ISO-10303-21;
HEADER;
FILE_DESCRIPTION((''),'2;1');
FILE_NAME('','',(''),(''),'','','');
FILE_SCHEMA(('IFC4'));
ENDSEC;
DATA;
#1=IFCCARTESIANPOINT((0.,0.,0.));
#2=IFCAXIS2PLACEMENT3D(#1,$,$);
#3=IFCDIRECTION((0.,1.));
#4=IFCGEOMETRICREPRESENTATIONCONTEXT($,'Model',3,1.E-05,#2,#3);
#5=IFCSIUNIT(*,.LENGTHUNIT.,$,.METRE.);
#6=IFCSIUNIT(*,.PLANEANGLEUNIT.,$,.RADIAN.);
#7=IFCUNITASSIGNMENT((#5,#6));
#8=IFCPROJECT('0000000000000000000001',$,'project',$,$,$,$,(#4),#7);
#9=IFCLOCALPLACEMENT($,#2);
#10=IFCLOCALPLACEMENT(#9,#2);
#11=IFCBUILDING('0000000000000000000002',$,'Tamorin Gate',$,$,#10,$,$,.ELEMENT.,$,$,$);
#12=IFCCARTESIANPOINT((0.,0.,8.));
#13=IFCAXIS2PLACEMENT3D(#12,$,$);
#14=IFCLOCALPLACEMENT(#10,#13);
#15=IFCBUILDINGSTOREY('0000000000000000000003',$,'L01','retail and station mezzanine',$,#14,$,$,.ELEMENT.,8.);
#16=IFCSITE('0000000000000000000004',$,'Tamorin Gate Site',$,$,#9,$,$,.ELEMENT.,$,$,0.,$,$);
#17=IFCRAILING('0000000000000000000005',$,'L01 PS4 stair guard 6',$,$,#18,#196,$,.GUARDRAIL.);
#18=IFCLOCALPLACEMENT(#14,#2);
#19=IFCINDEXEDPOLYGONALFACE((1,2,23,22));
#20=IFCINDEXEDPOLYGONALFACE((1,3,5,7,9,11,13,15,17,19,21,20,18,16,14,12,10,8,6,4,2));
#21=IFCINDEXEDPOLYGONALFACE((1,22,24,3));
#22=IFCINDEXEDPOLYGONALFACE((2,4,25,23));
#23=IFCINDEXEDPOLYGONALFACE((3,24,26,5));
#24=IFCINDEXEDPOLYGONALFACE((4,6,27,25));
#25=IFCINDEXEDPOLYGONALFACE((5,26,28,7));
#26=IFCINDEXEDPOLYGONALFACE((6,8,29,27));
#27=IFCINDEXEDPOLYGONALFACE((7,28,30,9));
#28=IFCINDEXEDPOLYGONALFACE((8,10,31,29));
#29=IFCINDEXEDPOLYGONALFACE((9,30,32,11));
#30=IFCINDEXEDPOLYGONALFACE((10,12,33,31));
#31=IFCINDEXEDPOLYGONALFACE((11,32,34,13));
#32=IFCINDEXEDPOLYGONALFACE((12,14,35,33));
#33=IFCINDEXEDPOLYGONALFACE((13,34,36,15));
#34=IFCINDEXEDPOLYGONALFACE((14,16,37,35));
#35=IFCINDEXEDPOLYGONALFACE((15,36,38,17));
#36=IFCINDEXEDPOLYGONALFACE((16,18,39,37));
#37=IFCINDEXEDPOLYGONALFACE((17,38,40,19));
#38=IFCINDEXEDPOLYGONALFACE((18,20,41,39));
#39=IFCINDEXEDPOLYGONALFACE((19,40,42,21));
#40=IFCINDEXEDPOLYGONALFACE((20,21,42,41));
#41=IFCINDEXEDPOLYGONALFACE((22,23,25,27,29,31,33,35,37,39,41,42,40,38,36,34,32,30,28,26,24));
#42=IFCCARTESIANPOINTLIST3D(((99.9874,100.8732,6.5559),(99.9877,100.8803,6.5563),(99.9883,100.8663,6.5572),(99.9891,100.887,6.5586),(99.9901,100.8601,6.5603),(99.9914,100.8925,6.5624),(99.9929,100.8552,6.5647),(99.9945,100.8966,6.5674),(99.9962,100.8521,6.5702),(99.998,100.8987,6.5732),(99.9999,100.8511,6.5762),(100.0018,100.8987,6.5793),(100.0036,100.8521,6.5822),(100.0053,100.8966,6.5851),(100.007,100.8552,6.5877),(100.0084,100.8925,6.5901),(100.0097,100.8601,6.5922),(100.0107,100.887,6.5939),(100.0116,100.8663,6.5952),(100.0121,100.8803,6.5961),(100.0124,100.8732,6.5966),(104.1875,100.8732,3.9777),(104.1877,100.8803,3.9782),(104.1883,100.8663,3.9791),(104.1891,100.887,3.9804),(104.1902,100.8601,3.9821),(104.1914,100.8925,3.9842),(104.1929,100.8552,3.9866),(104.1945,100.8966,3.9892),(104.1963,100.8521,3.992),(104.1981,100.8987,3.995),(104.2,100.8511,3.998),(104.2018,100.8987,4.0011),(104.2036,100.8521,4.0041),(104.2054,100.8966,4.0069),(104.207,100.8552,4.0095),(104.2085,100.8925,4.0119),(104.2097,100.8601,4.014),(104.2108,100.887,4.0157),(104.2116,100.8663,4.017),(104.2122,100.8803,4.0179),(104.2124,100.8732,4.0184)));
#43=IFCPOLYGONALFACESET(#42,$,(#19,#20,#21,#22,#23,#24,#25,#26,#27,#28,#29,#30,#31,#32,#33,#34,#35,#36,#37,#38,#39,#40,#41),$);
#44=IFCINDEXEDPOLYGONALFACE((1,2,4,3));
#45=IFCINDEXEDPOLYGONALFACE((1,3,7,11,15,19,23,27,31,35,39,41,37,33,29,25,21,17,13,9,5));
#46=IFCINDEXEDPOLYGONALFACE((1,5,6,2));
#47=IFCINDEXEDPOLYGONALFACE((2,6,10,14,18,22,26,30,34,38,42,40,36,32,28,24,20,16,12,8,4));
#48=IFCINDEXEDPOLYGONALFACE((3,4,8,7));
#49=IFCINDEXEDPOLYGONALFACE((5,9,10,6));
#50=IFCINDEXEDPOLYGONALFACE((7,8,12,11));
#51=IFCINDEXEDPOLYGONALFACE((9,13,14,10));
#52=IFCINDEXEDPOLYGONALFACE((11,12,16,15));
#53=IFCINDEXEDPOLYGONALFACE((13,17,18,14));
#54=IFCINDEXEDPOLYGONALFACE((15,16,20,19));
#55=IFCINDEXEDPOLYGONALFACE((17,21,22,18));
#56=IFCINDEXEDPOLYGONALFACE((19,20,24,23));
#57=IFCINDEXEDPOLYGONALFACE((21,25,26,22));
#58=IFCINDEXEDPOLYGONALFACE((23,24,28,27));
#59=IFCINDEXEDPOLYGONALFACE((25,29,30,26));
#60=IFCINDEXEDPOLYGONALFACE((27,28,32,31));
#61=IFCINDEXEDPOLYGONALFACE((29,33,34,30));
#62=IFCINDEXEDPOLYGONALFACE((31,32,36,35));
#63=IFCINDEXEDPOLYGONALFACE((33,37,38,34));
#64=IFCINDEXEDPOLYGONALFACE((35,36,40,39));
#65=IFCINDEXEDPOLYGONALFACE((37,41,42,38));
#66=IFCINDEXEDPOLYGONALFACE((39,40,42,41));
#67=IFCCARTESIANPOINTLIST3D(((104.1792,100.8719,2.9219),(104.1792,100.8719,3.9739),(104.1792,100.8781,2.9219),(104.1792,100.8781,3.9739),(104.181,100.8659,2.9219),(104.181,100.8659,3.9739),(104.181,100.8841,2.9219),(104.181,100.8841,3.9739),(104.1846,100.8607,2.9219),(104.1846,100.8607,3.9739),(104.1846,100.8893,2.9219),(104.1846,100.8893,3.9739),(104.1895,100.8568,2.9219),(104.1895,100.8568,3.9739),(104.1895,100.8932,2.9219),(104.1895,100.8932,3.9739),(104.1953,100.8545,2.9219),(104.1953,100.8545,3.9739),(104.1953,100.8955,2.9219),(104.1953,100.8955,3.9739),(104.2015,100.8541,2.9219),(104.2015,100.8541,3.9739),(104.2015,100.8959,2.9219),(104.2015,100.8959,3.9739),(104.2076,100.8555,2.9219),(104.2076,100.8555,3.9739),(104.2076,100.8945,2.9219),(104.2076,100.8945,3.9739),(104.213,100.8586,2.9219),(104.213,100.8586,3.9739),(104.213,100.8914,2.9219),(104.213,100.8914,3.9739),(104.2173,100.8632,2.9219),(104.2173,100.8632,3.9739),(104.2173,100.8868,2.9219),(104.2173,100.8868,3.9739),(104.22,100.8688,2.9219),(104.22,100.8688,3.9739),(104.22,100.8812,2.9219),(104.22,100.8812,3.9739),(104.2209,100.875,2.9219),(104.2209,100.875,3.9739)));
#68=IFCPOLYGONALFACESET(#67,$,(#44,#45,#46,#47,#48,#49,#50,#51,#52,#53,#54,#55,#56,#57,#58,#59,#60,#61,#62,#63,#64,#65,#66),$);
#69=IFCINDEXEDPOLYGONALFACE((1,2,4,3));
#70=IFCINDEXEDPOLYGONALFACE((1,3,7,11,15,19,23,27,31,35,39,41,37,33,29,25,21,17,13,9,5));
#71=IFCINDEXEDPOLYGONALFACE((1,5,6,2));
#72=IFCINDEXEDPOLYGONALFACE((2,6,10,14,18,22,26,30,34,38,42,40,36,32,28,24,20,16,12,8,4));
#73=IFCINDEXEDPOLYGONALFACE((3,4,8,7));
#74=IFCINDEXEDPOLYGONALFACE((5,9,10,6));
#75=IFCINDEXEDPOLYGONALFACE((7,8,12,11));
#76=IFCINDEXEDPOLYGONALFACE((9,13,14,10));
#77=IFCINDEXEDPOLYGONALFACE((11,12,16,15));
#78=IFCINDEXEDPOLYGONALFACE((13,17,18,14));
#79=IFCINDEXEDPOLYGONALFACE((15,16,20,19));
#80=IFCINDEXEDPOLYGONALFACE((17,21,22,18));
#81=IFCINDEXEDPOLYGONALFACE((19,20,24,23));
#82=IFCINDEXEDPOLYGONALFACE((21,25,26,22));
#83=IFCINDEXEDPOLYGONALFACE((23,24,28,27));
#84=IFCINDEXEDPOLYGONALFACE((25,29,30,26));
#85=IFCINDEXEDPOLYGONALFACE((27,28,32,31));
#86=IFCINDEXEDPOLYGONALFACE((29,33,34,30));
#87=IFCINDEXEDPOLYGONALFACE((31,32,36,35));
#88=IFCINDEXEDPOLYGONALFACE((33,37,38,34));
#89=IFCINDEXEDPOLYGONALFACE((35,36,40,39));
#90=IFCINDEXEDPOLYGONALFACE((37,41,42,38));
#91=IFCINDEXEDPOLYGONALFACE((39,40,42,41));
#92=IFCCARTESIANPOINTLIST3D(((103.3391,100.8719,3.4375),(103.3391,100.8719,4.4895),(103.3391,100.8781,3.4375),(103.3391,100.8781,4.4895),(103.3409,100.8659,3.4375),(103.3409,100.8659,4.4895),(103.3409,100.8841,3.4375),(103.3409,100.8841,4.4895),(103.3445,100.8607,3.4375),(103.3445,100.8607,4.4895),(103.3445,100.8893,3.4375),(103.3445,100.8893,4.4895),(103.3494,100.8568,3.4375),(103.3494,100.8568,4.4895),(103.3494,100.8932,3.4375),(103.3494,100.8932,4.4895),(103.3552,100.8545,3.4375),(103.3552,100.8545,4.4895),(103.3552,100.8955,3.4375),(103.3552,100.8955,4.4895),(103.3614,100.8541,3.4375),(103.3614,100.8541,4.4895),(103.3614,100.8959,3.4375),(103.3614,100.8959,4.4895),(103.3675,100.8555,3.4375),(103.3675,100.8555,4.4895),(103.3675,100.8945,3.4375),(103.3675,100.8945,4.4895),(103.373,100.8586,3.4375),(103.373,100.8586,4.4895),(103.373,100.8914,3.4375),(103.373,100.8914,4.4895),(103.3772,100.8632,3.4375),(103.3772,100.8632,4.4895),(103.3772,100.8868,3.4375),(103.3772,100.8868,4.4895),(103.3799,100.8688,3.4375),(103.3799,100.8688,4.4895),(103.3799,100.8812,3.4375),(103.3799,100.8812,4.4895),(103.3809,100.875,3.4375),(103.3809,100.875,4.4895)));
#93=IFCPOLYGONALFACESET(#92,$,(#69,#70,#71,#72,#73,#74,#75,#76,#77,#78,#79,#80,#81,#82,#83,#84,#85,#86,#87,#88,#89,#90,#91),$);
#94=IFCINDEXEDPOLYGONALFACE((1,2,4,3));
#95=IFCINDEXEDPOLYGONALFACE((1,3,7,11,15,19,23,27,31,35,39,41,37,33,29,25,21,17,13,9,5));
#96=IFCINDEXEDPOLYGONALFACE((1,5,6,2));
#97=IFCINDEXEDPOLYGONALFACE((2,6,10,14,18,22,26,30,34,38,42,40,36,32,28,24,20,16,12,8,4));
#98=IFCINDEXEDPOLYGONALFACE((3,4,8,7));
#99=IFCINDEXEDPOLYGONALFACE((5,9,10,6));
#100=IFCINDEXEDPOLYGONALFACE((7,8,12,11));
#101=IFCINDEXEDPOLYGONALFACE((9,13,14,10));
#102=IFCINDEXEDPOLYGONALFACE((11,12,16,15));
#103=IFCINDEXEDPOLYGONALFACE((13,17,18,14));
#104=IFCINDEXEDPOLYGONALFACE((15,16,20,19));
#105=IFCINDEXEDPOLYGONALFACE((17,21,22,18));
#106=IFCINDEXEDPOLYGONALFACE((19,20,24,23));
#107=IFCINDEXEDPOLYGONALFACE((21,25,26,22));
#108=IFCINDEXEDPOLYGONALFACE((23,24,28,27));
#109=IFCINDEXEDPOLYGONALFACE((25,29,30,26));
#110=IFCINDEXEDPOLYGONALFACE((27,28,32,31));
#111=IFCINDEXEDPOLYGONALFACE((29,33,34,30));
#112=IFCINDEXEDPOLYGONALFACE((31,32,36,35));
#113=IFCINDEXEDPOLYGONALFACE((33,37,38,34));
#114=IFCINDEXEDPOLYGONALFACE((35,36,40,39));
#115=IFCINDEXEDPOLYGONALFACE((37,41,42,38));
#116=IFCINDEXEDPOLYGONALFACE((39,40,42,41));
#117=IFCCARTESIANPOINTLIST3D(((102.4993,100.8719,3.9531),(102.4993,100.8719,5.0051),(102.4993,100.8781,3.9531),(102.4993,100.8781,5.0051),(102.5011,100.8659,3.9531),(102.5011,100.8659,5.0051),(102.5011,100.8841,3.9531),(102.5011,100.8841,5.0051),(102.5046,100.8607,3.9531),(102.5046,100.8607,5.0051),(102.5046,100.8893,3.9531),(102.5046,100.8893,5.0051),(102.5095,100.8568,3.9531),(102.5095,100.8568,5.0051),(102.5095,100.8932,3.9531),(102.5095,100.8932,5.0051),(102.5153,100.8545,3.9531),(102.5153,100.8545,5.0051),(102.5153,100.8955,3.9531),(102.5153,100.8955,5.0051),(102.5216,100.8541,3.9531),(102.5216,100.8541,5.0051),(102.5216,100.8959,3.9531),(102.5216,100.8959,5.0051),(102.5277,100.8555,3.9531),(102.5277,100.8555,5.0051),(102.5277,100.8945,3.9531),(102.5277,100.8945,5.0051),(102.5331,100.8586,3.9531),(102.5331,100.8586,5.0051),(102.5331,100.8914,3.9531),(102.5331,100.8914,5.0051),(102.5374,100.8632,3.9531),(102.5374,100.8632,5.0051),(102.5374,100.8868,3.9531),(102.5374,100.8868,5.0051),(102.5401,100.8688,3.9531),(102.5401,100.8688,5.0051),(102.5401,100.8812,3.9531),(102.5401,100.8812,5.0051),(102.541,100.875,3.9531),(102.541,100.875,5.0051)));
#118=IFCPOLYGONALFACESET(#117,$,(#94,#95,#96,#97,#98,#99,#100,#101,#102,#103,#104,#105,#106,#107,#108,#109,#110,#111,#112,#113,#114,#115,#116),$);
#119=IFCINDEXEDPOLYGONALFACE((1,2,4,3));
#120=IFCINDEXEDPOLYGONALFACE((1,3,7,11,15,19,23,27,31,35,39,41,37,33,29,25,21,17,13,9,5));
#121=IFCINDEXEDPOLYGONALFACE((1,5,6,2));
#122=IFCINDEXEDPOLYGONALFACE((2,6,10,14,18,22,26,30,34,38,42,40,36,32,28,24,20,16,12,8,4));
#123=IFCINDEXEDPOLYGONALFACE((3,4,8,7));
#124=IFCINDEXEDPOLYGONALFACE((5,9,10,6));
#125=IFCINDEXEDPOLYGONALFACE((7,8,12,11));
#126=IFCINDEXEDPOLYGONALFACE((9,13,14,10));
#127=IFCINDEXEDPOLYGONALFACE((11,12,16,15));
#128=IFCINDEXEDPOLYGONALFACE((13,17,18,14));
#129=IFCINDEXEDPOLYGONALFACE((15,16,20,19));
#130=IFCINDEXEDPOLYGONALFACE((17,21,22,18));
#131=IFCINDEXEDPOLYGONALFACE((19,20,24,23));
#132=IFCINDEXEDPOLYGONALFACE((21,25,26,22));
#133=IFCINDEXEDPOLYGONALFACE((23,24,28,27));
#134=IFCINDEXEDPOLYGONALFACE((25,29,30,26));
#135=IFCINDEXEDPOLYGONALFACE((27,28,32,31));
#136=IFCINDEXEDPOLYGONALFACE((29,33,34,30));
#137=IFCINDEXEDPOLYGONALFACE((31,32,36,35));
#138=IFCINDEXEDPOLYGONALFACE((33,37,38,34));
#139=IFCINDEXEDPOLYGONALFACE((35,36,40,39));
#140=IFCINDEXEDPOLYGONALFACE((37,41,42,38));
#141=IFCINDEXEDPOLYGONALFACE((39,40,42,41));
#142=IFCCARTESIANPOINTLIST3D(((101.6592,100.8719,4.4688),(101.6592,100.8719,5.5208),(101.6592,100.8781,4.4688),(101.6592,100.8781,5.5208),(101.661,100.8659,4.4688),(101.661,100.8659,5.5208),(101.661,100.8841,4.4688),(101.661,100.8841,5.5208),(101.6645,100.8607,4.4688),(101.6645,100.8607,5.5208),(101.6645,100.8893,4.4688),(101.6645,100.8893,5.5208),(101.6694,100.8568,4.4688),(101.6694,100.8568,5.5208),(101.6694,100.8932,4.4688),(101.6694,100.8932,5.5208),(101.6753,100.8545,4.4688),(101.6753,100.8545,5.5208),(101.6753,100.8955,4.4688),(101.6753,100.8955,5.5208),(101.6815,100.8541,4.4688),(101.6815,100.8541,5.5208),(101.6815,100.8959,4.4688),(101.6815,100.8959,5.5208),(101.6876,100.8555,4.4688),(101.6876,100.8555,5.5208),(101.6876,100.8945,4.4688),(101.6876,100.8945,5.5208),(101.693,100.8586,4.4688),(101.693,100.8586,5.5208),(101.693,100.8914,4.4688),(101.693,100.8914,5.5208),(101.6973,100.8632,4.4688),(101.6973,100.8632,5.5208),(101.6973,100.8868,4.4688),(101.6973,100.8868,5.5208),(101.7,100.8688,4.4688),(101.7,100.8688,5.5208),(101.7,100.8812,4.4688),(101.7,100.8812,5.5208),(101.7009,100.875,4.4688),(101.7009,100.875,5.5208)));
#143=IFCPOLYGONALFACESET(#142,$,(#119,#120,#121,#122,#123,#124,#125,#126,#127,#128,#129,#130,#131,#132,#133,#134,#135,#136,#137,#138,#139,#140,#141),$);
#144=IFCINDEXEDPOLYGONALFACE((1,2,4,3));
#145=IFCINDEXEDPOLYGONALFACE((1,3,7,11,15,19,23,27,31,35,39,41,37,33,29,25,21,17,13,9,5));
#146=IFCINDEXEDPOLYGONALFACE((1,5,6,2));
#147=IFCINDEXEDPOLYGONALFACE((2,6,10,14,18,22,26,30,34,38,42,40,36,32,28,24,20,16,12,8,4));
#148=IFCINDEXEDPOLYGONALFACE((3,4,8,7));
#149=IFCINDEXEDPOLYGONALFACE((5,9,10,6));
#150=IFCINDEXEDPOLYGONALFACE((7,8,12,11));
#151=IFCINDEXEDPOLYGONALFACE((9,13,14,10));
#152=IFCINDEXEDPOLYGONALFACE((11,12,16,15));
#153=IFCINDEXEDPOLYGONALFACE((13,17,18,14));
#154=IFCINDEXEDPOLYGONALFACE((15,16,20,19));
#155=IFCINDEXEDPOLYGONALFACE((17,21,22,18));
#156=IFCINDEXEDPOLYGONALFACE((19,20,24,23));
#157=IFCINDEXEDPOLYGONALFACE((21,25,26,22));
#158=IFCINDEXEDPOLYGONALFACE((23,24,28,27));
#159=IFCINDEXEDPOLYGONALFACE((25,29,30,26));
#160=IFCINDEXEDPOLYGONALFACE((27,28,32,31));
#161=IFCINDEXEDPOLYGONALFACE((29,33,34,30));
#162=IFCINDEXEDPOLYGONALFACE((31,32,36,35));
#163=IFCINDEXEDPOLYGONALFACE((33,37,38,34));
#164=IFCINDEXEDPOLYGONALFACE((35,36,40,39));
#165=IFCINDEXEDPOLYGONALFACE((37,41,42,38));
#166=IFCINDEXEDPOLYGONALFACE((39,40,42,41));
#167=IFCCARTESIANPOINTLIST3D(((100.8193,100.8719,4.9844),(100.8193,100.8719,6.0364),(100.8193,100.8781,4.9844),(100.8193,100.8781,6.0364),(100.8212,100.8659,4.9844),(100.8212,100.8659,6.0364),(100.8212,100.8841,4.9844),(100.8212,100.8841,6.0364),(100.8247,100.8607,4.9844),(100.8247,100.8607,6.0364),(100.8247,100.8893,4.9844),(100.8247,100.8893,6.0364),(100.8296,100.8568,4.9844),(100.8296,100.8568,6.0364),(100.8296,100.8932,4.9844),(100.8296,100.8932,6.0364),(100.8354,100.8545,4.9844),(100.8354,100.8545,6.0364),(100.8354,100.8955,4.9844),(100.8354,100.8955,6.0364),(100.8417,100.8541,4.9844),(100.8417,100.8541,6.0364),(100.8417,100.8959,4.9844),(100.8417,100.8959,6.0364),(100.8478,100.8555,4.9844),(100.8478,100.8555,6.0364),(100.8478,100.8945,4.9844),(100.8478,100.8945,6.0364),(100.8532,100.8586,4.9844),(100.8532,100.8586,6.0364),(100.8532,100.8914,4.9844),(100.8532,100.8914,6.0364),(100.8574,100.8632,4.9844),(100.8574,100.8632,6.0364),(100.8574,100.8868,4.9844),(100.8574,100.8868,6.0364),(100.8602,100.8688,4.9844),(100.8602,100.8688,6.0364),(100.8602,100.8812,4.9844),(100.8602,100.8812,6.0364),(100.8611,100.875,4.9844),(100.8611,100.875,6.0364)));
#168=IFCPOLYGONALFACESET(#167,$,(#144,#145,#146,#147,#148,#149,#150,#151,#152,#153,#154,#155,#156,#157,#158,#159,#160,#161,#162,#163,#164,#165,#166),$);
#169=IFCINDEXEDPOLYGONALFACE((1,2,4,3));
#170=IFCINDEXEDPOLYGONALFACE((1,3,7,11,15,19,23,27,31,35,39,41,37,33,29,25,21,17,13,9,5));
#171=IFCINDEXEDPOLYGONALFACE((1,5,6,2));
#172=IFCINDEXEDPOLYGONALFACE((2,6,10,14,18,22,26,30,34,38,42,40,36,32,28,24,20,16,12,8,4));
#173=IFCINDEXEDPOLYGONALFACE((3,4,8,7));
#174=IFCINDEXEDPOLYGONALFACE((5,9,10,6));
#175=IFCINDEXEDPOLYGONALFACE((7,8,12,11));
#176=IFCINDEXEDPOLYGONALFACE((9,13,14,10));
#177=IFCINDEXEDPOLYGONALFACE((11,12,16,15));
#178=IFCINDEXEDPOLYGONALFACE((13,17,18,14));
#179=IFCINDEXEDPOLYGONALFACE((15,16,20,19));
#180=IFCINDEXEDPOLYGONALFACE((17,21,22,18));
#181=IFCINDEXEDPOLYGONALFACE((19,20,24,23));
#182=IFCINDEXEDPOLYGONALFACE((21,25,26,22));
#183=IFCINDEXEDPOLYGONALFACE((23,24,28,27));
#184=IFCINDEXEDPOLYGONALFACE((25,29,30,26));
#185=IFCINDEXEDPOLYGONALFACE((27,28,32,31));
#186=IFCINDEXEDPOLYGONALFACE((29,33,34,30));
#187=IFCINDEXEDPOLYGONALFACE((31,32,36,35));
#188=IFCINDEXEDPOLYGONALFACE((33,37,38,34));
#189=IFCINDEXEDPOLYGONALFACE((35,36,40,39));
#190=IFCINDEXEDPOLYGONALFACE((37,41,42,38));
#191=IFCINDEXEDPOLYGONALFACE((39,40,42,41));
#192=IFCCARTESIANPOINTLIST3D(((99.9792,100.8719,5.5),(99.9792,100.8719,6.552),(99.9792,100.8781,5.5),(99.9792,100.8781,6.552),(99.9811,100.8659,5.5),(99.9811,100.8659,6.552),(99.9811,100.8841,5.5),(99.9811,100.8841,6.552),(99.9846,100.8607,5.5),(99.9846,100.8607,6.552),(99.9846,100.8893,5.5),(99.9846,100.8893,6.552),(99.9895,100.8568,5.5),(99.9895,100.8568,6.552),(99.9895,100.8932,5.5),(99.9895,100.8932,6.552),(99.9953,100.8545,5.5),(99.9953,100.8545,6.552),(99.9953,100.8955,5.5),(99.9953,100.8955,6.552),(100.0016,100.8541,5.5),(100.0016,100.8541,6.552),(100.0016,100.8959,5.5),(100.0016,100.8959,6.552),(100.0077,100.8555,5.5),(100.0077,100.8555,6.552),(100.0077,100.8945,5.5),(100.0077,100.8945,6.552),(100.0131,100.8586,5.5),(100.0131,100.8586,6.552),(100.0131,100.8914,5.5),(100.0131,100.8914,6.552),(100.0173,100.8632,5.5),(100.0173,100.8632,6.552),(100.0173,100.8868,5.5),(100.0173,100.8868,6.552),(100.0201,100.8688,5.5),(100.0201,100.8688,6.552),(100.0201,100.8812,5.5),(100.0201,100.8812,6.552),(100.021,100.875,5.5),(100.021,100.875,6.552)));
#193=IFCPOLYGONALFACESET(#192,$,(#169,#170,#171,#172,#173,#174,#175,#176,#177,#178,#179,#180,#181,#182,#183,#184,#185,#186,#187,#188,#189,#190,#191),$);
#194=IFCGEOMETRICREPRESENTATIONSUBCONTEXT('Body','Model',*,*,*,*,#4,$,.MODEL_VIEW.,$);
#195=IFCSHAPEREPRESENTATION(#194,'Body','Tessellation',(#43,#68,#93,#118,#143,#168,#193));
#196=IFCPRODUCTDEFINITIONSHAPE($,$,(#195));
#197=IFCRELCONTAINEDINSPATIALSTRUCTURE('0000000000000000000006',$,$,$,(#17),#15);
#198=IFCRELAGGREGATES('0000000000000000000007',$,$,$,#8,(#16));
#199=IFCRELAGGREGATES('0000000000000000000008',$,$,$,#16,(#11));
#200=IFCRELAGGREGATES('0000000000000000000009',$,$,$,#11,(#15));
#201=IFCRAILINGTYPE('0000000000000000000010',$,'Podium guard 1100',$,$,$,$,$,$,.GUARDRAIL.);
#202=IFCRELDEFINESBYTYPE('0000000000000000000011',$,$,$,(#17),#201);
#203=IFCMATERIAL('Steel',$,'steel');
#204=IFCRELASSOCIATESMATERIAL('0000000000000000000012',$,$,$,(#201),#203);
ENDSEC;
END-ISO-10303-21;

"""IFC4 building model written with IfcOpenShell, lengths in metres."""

from ifc_helpers import new_model, si_unit, direction, frame, origin, origin_2d, place, context, subcontext, project, spatial, circle, extrude, material, type_object, element, save


model = new_model("IFC4")

# Units and contexts
model_context = context("Model", 3, precision=1e-05, world=origin(), true_north=direction((0.0, 1.0)))
body_context = subcontext(model_context, "Body", "Model", "MODEL_VIEW")
ifc_project = project(units=[si_unit("LENGTHUNIT", "METRE"), si_unit("PLANEANGLEUNIT", "RADIAN")], contexts=[model_context])

# Site, building, storey
site_placement = place(None, origin())
site = spatial("IfcSite", under=ifc_project, at=site_placement, Name="Tamorin Gate Site", CompositionType="ELEMENT", RefElevation=0.0)
building_placement = place(site_placement, origin())
building = spatial("IfcBuilding", under=site, at=building_placement, Name="Tamorin Gate", CompositionType="ELEMENT")
storey_placement = place(building_placement, frame((0.0, 0.0, 8.0)))
storey = spatial("IfcBuildingStorey", under=building, at=storey_placement, Name="L01", Description="retail and station mezzanine", CompositionType="ELEMENT", Elevation=8.0)

# Railing
ifc_material_1 = material(Name="Steel", Category="steel")
railing_type_1 = type_object("IfcRailingType", Name="Podium guard 1100", PredefinedType="GUARDRAIL", material=ifc_material_1)
railing_1_placement = place(storey_placement, frame((104.2, 100.875, 2.9219)))
element("IfcRailing", 1, at=railing_1_placement, inside=storey, type_object=railing_type_1, Name="L01 PS4 stair guard 6", PredefinedType="GUARDRAIL", context=body_context, shape_type="SweptSolid", body=[
    extrude(circle(Radius=0.0239, at=origin_2d()), frame((0.0, 0.0, 1.0762), z_axis=(-0.852243, 0.0, 0.523146), x_axis=(0.0, -1.0, 0.0)), (0.0, 0.0, 1.0), 4.9282),
    extrude(circle(Radius=0.021, at=origin_2d()), origin(), (0.0, 0.0, 1.0), 1.052),
    extrude(circle(Radius=0.021, at=origin_2d()), frame((-0.8401, 0.0, 0.5156)), (0.0, 0.0, 1.0), 1.052),
    extrude(circle(Radius=0.021, at=origin_2d()), frame((-1.6799, 0.0, 1.0312)), (0.0, 0.0, 1.0), 1.052),
    extrude(circle(Radius=0.021, at=origin_2d()), frame((-2.52, 0.0, 1.5469)), (0.0, 0.0, 1.0), 1.052),
    extrude(circle(Radius=0.021, at=origin_2d()), frame((-3.3599, 0.0, 2.0625)), (0.0, 0.0, 1.0), 1.052),
    extrude(circle(Radius=0.021, at=origin_2d()), frame((-4.2, 0.0, 2.5781)), (0.0, 0.0, 1.0), 1.052),
])

save(model, "model.ifc")
